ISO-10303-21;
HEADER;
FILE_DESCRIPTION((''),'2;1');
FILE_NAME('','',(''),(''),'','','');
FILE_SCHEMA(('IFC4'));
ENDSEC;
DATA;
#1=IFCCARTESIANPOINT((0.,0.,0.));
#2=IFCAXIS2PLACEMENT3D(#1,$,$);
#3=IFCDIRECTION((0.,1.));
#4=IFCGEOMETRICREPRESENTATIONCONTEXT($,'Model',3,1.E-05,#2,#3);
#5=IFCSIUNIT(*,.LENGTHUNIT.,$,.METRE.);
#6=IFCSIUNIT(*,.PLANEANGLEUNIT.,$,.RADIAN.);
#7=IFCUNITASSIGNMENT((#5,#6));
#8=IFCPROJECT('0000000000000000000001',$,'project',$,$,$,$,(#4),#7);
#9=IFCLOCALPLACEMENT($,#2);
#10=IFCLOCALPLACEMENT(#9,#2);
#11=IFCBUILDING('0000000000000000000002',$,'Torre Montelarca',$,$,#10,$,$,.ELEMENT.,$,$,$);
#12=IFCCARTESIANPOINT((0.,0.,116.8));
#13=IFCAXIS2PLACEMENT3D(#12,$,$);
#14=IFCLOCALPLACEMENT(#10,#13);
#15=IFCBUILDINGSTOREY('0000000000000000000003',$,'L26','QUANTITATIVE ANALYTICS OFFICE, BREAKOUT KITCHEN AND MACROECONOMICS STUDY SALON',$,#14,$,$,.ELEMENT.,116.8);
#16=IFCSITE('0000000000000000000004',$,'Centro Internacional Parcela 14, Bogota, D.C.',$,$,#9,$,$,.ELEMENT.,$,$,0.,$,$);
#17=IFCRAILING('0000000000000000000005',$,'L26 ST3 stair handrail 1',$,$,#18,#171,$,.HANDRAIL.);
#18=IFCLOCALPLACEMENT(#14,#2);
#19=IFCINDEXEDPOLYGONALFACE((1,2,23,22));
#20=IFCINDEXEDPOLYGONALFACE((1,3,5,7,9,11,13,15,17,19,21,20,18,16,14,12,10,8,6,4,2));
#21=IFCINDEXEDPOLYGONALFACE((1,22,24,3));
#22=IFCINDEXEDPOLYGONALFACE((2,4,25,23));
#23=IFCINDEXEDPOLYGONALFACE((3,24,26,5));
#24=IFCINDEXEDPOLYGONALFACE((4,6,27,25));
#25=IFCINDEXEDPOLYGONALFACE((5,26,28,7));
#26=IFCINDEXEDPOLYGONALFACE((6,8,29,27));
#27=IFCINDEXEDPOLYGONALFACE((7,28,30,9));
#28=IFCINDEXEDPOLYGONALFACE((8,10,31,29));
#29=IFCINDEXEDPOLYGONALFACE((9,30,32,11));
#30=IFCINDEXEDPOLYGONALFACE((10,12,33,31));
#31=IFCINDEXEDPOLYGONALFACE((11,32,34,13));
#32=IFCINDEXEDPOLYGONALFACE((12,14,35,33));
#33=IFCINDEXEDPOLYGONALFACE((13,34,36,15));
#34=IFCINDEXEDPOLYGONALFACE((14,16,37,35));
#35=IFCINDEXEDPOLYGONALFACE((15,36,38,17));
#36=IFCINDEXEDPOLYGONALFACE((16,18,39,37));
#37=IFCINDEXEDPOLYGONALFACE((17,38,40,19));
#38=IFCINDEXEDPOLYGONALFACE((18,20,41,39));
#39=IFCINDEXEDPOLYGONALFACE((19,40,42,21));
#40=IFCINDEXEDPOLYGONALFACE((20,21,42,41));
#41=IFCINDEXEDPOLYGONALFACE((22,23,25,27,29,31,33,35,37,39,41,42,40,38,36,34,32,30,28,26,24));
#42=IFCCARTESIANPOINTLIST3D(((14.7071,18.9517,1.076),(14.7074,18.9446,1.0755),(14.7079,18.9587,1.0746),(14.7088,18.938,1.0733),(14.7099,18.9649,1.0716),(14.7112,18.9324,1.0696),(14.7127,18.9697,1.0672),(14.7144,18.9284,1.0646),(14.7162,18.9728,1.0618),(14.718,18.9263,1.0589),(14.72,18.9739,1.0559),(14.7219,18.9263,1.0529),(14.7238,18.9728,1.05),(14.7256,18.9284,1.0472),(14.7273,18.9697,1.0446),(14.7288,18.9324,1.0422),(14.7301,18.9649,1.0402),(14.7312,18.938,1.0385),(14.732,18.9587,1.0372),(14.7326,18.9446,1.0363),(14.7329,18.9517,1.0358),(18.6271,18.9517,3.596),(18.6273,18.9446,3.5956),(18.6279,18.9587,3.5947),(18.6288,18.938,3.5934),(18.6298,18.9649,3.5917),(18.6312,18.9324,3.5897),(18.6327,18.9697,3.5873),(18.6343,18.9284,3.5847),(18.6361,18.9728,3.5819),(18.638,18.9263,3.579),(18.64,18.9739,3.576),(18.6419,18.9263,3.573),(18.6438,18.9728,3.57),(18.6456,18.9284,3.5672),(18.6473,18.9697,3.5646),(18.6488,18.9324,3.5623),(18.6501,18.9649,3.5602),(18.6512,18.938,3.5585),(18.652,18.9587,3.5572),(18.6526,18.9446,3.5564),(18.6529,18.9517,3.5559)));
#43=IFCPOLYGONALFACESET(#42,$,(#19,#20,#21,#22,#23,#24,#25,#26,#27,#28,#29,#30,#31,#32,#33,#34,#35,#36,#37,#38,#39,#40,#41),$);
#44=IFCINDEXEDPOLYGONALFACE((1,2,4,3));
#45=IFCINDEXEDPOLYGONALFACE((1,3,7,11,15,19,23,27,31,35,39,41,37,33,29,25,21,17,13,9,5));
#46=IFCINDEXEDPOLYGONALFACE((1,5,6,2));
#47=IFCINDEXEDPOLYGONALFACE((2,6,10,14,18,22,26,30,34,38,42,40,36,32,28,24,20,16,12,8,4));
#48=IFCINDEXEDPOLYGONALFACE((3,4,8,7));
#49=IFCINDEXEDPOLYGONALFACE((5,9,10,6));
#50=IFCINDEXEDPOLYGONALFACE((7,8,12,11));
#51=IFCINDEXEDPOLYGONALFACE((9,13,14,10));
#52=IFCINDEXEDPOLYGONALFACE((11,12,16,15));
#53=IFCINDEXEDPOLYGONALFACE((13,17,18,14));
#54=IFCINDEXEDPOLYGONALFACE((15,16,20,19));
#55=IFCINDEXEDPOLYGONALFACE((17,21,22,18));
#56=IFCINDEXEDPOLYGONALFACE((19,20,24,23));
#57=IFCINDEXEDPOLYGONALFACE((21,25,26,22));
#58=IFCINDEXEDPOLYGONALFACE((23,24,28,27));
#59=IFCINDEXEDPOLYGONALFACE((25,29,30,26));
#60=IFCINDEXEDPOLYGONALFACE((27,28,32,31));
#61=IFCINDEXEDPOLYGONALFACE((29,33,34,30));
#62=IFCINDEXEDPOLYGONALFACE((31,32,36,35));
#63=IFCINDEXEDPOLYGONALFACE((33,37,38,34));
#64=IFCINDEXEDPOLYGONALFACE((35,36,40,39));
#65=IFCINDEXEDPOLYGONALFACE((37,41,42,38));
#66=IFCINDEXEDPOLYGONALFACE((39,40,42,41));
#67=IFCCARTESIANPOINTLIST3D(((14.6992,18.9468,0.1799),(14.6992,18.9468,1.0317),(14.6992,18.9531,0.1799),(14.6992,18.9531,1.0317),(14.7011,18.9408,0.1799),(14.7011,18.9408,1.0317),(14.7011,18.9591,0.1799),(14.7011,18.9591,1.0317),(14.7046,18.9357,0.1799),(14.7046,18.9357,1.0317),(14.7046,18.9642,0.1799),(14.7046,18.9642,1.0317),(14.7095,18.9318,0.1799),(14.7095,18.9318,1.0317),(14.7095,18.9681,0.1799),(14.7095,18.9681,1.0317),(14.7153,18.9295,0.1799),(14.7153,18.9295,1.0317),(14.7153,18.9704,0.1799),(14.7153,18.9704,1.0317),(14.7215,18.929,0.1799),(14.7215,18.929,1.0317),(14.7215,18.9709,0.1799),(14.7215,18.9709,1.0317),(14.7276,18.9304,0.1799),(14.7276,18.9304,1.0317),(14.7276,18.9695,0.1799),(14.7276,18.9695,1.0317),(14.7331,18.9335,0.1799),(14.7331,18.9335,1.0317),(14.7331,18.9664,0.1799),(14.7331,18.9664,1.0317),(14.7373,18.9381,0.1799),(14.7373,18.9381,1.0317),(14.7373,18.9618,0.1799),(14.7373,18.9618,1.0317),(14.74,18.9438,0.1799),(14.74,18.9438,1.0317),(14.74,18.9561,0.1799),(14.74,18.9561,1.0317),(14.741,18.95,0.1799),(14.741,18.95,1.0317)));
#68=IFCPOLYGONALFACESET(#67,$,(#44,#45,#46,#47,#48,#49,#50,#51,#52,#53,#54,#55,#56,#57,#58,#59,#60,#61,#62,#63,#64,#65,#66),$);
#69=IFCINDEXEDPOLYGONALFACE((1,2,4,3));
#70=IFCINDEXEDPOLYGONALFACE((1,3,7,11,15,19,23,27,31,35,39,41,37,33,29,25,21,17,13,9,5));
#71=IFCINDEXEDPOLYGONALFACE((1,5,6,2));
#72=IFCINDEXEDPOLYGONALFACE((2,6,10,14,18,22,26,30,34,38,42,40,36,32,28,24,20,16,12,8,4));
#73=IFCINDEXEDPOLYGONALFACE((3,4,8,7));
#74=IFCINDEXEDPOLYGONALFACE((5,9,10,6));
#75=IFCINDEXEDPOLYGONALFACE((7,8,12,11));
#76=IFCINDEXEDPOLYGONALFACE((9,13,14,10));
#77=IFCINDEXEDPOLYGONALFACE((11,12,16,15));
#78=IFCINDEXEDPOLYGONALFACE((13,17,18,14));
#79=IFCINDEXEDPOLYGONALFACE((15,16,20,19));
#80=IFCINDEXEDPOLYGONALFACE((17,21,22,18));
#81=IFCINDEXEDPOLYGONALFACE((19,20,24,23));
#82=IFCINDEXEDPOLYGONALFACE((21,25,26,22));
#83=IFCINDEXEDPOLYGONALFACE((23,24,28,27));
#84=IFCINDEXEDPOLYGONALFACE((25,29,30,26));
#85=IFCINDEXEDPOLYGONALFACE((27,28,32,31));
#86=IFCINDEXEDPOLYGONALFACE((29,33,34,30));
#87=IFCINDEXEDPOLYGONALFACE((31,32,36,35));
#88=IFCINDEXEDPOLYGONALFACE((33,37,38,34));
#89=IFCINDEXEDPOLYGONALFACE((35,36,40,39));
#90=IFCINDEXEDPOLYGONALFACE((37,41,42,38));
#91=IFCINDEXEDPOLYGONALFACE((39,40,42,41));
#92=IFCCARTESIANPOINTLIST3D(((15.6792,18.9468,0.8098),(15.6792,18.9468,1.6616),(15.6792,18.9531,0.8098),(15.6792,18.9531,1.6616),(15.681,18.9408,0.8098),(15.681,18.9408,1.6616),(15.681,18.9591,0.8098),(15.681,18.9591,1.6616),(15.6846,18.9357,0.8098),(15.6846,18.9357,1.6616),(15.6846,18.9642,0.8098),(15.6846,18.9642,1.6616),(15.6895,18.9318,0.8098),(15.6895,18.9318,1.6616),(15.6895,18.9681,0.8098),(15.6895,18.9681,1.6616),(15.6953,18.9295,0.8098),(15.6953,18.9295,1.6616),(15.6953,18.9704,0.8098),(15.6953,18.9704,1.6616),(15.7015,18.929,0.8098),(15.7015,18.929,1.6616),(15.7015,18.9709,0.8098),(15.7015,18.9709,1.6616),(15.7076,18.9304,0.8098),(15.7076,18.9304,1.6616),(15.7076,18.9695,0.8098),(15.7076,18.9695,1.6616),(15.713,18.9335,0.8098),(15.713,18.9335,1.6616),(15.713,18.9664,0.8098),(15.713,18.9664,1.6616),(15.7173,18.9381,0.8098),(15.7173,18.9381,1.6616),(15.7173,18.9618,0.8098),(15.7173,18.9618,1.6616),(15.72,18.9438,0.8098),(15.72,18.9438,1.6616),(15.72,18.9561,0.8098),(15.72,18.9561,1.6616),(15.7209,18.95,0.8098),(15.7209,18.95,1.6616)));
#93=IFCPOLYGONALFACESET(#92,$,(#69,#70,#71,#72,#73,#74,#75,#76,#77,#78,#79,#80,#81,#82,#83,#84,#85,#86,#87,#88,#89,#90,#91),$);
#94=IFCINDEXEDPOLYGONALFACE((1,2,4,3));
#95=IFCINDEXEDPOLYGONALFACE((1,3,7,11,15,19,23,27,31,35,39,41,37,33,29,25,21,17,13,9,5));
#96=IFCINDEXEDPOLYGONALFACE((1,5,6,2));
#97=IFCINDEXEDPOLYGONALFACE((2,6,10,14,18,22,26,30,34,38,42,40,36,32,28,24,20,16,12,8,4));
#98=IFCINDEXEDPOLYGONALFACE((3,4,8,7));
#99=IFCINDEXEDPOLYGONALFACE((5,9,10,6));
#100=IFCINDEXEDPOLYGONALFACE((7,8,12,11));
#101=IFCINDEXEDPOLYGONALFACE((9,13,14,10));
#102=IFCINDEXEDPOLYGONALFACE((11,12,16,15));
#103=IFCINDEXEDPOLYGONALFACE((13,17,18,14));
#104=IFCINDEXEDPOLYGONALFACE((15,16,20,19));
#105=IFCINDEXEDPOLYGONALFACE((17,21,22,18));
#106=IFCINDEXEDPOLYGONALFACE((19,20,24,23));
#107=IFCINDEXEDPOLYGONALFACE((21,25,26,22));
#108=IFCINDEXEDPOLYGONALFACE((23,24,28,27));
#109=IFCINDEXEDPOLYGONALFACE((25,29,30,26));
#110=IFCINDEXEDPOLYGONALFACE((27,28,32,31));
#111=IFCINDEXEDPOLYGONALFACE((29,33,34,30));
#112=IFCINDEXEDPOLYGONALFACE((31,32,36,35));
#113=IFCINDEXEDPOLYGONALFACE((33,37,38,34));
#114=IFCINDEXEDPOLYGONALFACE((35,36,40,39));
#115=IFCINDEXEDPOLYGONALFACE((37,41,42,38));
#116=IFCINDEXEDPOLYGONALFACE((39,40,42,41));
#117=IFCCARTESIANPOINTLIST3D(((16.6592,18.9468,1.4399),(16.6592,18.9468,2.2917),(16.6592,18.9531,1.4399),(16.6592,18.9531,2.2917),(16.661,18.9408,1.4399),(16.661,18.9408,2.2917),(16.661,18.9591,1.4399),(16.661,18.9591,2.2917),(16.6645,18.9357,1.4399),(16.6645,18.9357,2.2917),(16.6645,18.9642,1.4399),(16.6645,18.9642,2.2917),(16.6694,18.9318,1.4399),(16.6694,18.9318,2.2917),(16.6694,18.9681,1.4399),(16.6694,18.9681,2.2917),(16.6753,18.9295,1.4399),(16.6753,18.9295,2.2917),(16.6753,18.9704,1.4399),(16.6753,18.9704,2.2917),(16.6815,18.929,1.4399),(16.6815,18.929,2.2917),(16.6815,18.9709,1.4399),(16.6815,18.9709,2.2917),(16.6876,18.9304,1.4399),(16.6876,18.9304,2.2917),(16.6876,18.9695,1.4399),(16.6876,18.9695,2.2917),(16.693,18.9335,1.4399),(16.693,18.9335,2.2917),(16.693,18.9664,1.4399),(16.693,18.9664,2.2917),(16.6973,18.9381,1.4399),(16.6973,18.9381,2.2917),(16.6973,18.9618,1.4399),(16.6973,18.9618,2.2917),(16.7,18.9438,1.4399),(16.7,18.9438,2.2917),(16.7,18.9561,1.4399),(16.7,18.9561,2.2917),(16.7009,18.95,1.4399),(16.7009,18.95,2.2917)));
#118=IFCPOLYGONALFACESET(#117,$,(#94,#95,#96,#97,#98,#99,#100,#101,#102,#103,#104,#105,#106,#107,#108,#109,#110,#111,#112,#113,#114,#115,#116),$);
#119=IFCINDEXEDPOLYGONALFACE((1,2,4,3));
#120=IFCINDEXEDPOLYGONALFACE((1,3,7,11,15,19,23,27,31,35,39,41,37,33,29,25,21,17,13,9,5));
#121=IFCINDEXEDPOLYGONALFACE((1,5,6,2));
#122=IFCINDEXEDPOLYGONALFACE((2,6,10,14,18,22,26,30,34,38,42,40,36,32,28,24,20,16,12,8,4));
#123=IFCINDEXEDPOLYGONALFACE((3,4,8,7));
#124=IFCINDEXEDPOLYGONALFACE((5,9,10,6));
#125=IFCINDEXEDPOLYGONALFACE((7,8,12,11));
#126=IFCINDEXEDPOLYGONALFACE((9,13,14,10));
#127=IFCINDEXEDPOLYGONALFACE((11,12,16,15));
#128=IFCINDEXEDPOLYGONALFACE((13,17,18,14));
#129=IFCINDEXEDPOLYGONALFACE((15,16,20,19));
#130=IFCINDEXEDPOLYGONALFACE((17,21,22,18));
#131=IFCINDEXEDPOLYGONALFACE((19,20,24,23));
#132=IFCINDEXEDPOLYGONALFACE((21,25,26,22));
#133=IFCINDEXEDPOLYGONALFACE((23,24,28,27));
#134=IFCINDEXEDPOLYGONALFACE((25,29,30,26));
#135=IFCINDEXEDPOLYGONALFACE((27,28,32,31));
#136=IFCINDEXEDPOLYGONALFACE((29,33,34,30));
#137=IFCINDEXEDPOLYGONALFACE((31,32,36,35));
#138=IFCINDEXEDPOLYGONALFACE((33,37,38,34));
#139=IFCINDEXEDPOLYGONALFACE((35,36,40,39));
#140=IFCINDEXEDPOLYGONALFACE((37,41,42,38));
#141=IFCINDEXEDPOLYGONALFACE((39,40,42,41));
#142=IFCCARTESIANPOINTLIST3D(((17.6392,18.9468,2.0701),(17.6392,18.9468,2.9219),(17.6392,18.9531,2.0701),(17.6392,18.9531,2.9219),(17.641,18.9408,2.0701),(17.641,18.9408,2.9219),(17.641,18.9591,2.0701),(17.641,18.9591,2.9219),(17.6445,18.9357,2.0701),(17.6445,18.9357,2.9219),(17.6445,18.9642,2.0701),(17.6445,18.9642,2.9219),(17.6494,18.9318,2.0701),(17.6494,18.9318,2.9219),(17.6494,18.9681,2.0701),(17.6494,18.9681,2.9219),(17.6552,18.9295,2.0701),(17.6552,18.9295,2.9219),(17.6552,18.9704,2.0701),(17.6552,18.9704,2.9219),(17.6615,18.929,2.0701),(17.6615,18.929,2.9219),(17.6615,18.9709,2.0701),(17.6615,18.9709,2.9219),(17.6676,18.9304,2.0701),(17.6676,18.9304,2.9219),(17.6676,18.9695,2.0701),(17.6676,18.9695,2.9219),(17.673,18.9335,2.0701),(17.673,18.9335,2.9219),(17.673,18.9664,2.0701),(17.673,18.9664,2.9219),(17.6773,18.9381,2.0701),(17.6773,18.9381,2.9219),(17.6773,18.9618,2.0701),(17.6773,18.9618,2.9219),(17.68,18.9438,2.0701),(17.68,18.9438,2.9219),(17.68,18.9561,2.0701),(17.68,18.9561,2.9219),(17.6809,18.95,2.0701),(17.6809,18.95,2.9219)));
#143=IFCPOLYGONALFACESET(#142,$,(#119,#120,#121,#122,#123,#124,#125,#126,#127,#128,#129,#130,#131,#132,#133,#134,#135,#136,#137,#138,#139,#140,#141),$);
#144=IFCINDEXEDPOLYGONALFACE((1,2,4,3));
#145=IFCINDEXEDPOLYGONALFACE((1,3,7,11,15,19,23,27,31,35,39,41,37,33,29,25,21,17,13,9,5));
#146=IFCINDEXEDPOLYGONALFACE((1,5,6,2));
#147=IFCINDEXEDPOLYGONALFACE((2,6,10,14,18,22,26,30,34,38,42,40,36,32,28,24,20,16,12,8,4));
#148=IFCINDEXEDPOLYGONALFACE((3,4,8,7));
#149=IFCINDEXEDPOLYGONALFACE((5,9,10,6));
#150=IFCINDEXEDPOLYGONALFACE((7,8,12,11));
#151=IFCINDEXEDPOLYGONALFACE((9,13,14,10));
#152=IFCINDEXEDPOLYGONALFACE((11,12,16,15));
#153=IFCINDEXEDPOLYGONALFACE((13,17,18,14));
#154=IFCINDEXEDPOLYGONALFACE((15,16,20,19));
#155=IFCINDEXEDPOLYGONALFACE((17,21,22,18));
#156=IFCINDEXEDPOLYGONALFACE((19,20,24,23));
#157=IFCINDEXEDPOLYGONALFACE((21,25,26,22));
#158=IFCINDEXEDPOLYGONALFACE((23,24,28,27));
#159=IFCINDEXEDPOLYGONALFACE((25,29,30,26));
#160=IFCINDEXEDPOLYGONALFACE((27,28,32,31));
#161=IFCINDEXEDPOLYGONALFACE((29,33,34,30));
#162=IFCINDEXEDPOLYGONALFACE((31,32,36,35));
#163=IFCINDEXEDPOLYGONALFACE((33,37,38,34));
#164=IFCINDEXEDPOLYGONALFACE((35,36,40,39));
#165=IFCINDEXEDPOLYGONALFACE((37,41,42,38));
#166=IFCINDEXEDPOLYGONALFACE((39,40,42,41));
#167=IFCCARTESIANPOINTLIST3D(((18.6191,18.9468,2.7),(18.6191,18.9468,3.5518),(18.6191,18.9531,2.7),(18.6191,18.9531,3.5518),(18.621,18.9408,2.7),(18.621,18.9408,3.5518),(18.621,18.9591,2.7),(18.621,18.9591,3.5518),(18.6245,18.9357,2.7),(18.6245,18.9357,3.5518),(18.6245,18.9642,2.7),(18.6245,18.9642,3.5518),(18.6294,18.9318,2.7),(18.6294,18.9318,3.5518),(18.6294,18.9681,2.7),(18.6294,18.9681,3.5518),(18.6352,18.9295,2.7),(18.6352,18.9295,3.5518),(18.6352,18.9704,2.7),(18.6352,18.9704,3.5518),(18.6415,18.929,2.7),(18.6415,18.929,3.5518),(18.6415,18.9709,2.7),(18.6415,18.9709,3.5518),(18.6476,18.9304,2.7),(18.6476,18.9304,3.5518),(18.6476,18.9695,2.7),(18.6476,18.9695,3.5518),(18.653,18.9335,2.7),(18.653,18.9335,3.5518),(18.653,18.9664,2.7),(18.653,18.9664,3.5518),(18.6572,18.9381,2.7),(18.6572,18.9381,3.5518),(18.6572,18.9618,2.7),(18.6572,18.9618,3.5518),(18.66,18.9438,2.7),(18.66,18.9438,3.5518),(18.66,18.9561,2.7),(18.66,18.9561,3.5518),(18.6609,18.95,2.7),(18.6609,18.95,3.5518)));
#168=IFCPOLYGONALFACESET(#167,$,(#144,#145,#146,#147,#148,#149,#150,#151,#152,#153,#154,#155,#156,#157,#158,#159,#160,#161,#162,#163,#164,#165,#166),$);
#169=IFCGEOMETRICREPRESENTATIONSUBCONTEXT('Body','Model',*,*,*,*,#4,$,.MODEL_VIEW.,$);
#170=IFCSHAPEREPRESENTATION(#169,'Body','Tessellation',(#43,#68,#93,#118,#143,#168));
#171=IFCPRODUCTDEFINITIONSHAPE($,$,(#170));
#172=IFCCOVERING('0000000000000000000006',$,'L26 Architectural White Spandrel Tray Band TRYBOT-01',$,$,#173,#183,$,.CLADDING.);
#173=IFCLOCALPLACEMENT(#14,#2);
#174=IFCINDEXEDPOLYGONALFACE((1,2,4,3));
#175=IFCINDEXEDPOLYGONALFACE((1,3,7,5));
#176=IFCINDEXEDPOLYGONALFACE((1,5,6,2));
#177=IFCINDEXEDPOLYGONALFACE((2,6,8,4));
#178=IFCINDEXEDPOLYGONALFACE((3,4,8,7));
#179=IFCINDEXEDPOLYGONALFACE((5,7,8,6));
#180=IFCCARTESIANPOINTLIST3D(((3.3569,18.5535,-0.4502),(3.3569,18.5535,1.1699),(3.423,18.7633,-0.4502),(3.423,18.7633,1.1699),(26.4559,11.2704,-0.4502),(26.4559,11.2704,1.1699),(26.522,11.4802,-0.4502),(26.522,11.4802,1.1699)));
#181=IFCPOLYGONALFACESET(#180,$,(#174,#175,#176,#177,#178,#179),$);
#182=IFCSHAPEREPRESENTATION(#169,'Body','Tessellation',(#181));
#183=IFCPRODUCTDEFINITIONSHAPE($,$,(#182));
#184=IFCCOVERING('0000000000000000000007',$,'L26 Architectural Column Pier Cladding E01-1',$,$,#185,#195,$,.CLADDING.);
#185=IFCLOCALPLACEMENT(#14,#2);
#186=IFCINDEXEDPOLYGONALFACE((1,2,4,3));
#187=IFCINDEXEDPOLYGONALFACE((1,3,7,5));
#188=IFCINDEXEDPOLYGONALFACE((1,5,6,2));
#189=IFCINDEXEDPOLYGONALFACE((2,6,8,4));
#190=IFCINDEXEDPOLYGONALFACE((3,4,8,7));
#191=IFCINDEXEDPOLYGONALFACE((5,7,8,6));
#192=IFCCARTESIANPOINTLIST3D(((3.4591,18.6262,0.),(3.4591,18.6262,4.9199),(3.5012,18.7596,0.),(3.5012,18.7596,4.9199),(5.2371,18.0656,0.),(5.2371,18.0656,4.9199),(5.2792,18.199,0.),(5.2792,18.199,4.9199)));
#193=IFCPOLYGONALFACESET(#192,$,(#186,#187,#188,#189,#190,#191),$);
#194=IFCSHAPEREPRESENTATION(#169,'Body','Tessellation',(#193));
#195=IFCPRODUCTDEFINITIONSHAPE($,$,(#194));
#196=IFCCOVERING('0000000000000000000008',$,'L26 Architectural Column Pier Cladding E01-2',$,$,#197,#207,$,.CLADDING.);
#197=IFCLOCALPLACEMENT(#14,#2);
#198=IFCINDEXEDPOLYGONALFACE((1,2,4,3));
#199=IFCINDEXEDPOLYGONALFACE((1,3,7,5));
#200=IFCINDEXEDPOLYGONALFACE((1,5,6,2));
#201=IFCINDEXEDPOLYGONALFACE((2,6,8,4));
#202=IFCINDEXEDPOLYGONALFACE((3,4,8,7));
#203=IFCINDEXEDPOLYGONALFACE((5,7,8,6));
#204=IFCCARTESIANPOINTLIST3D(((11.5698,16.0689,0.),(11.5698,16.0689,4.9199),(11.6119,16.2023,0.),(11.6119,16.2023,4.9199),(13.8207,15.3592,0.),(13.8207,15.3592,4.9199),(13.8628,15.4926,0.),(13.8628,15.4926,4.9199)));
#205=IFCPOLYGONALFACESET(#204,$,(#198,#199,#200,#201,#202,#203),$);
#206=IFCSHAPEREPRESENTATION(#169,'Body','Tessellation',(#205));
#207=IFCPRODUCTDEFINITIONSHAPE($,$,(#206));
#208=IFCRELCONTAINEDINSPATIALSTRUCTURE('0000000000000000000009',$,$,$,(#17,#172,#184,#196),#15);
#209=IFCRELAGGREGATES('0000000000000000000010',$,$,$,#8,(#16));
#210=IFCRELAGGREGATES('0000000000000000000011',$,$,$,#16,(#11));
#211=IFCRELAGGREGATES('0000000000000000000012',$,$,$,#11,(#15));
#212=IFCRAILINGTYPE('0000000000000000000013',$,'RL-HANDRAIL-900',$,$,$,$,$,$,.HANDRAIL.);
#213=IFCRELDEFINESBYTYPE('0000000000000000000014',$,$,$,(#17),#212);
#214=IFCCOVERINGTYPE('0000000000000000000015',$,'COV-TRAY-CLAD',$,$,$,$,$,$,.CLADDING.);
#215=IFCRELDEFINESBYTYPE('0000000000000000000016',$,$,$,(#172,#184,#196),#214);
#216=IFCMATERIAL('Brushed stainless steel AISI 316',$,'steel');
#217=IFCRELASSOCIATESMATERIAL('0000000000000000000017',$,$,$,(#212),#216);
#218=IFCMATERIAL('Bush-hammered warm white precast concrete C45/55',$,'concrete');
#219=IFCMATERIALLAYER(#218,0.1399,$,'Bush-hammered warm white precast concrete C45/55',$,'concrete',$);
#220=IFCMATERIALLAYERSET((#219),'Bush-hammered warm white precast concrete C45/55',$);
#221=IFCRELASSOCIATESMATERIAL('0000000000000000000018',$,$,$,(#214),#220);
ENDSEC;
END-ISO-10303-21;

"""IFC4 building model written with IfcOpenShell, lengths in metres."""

from ifc_helpers import new_model, si_unit, direction, frame, origin, origin_2d, place, context, subcontext, project, spatial, rectangle, circle, extrude, source, transform, mapped, material, layer, layer_set, type_object, element, save


model = new_model("IFC4")

# Units and contexts
model_context = context("Model", 3, precision=1e-05, world=origin(), true_north=direction((0.0, 1.0)))
body_context = subcontext(model_context, "Body", "Model", "MODEL_VIEW")
ifc_project = project(units=[si_unit("LENGTHUNIT", "METRE"), si_unit("PLANEANGLEUNIT", "RADIAN")], contexts=[model_context])

# Site, building, storey
site_placement = place(None, origin())
site = spatial("IfcSite", under=ifc_project, at=site_placement, Name="Centro Internacional Parcela 14, Bogota, D.C.", CompositionType="ELEMENT", RefElevation=0.0)
building_placement = place(site_placement, origin())
building = spatial("IfcBuilding", under=site, at=building_placement, Name="Torre Montelarca", CompositionType="ELEMENT")
storey_placement = place(building_placement, frame((0.0, 0.0, 116.8)))
storey = spatial("IfcBuildingStorey", under=building, at=storey_placement, Name="L26", Description="QUANTITATIVE ANALYTICS OFFICE, BREAKOUT KITCHEN AND MACROECONOMICS STUDY SALON", CompositionType="ELEMENT", Elevation=116.8)

# Railing
ifc_material_1 = material(Name="Brushed stainless steel AISI 316", Category="steel")
railing_type = type_object("IfcRailingType", Name="RL-HANDRAIL-900", PredefinedType="HANDRAIL", material=ifc_material_1)
railing_placement = place(storey_placement, frame((14.72, 18.95, 0.1799)))
element("IfcRailing", 1, at=railing_placement, inside=storey, type_object=railing_type, Name="L26 ST3 stair handrail 1", PredefinedType="HANDRAIL", context=body_context, shape_type="SweptSolid", body=[
    extrude(circle(Radius=0.0239, at=origin_2d()), frame((0.0, 0.0, 0.876), z_axis=(0.841172, 0.0, 0.540768), x_axis=(0.0, 1.0, 0.0)), (0.0, 0.0, 1.0), 4.6602),
    extrude(circle(Radius=0.021, at=origin_2d()), origin(), (0.0, 0.0, 1.0), 0.8518),
    extrude(circle(Radius=0.021, at=origin_2d()), frame((0.98, 0.0, 0.6299)), (0.0, 0.0, 1.0), 0.8518),
    extrude(circle(Radius=0.021, at=origin_2d()), frame((1.96, 0.0, 1.26)), (0.0, 0.0, 1.0), 0.8518),
    extrude(circle(Radius=0.021, at=origin_2d()), frame((2.9399, 0.0, 1.8901)), (0.0, 0.0, 1.0), 0.8518),
    extrude(circle(Radius=0.021, at=origin_2d()), frame((3.9199, 0.0, 2.52)), (0.0, 0.0, 1.0), 0.8518),
])

# Coverings
ifc_material_2 = material(Name="Bush-hammered warm white precast concrete C45/55", Category="concrete")
ifc_layer_1 = layer(ifc_material_2, 0.1399, Name="Bush-hammered warm white precast concrete C45/55", Category="concrete")
ifc_layer_set_1 = layer_set([ifc_layer_1], Name="Bush-hammered warm white precast concrete C45/55")
covering_type_1 = type_object("IfcCoveringType", Name="COV-TRAY-CLAD", PredefinedType="CLADDING", material=ifc_layer_set_1)
shared_shape_1 = source(origin(), body_context, "Body", "SweptSolid", [
    extrude(rectangle(XDim=24.22, YDim=0.22, at=origin_2d()), origin(), (0.0, 0.0, 1.0), 1.6201),
])
covering_1_placement = place(storey_placement, frame((14.9395, 15.0168, -0.4502), z_axis=(0.0, 0.0, 1.0), x_axis=(0.953717, -0.300706, 0.0)))
element("IfcCovering", 2, at=covering_1_placement, inside=storey, type_object=covering_type_1, Name="L26 Architectural White Spandrel Tray Band TRYBOT-01", PredefinedType="CLADDING", context=body_context, shape_type="MappedRepresentation", body=[
    mapped(shared_shape_1, transform((0.0, 0.0, 0.0), scale=1.0)),
])
shared_shape_2 = source(origin(), body_context, "Body", "SweptSolid", [
    extrude(rectangle(XDim=1.8643, YDim=0.1399, at=origin_2d()), origin(), (0.0, 0.0, 1.0), 4.9199),
])
covering_2_placement = place(storey_placement, frame((4.3691, 18.4126, 0.0), z_axis=(0.0, 0.0, 1.0), x_axis=(0.953717, -0.300704, 0.0)))
element("IfcCovering", 3, at=covering_2_placement, inside=storey, type_object=covering_type_1, Name="L26 Architectural Column Pier Cladding E01-1", PredefinedType="CLADDING", context=body_context, shape_type="MappedRepresentation", body=[
    mapped(shared_shape_2, transform((0.0, 0.0, 0.0), scale=1.0)),
])
shared_shape_3 = source(origin(), body_context, "Body", "SweptSolid", [
    extrude(rectangle(XDim=2.3601, YDim=0.1399, at=origin_2d()), origin(), (0.0, 0.0, 1.0), 4.9199),
])
covering_3_placement = place(storey_placement, frame((12.7163, 15.7808, 0.0), z_axis=(0.0, 0.0, 1.0), x_axis=(0.953717, -0.300704, 0.0)))
element("IfcCovering", 4, at=covering_3_placement, inside=storey, type_object=covering_type_1, Name="L26 Architectural Column Pier Cladding E01-2", PredefinedType="CLADDING", context=body_context, shape_type="MappedRepresentation", body=[
    mapped(shared_shape_3, transform((0.0, 0.0, 0.0), scale=1.0)),
])

save(model, "model.ifc")
